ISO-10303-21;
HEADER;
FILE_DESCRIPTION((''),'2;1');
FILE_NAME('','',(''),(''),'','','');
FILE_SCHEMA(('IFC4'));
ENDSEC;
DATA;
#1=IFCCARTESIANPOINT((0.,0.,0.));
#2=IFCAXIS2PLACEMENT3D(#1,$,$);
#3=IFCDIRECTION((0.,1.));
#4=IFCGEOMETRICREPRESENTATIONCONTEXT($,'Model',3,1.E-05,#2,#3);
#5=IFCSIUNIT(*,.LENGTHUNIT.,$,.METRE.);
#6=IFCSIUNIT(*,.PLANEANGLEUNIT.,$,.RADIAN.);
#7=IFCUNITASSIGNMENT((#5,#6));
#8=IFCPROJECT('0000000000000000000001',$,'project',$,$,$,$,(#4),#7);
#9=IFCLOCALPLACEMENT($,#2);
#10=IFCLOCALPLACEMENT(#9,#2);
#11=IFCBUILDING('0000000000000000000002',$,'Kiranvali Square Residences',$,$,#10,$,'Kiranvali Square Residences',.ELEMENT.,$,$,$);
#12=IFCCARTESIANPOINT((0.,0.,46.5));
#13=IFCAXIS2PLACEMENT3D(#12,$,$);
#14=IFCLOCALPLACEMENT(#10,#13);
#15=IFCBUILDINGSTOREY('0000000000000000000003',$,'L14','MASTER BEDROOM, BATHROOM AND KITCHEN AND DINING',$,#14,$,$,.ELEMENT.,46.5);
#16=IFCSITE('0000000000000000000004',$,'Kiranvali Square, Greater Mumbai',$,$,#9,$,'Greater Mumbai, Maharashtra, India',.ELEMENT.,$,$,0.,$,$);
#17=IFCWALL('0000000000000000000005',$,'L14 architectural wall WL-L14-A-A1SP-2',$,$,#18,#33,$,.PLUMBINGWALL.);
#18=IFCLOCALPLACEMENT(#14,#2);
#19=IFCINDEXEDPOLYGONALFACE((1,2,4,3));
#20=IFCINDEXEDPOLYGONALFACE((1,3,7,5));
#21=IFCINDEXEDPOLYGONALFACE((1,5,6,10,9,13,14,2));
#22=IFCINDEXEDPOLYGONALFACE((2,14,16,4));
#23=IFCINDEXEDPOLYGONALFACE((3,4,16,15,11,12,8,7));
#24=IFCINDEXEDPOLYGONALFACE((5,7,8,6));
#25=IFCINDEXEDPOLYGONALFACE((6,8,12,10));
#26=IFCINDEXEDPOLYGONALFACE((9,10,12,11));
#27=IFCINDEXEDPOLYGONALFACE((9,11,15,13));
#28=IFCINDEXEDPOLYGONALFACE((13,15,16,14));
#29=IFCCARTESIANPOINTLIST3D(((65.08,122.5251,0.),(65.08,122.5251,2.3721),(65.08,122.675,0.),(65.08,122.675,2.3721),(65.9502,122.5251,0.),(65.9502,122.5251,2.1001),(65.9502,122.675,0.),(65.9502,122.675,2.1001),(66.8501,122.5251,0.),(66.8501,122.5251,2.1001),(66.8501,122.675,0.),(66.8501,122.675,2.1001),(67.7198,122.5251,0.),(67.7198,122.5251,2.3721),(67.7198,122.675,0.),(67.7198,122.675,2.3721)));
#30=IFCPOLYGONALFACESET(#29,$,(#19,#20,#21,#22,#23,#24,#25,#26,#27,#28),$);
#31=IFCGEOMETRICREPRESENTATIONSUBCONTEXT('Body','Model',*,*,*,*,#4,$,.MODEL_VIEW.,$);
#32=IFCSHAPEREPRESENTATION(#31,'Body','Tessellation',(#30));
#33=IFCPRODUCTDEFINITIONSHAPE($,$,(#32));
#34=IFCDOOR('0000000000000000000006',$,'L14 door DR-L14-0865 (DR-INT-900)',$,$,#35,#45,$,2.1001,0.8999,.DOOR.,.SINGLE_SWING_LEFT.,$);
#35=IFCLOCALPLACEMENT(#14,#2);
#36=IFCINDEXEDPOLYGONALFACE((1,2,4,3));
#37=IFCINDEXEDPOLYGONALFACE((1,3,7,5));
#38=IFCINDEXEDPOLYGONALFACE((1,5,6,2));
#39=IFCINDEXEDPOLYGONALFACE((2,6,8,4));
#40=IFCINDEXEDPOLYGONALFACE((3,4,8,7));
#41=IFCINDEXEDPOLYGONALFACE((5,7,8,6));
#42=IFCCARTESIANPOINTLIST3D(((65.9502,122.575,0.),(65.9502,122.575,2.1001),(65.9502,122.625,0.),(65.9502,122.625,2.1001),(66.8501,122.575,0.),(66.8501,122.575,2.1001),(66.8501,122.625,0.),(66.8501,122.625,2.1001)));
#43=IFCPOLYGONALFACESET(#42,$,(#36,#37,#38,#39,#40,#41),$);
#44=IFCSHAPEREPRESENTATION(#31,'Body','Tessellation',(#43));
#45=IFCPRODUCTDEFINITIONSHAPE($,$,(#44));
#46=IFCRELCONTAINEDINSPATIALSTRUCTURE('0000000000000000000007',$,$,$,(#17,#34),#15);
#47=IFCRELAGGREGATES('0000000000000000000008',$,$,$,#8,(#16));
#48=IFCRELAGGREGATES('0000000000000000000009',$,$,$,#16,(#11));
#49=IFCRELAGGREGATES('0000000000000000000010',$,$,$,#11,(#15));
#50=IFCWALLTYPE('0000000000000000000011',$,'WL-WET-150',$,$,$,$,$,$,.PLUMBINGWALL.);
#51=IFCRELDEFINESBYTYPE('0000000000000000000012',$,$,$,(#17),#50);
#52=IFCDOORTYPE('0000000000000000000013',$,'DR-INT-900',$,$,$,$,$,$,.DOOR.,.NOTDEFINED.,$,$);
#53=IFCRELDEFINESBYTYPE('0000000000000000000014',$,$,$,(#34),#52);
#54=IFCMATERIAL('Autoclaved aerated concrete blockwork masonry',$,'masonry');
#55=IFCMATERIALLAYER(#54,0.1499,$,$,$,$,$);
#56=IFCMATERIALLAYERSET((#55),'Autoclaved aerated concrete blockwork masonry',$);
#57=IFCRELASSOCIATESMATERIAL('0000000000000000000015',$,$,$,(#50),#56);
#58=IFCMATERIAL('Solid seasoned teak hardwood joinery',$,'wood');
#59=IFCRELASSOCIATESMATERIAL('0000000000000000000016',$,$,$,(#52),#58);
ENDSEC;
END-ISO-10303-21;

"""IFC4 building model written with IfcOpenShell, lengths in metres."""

from ifc_helpers import new_model, si_unit, direction, frame, frame_2d, origin, place, context, subcontext, project, spatial, rectangle, extrude, material, layer, layer_set, type_object, element, fill, save


model = new_model("IFC4")

# Units and contexts
model_context = context("Model", 3, precision=1e-05, world=origin(), true_north=direction((0.0, 1.0)))
body_context = subcontext(model_context, "Body", "Model", "MODEL_VIEW")
ifc_project = project(units=[si_unit("LENGTHUNIT", "METRE"), si_unit("PLANEANGLEUNIT", "RADIAN")], contexts=[model_context])

# Site, building, storey
site_placement = place(None, origin())
site = spatial("IfcSite", under=ifc_project, at=site_placement, Name="Kiranvali Square, Greater Mumbai", LongName="Greater Mumbai, Maharashtra, India", CompositionType="ELEMENT", RefElevation=0.0)
building_placement = place(site_placement, origin())
building = spatial("IfcBuilding", under=site, at=building_placement, Name="Kiranvali Square Residences", LongName="Kiranvali Square Residences", CompositionType="ELEMENT")
storey_placement = place(building_placement, frame((0.0, 0.0, 46.5)))
storey = spatial("IfcBuildingStorey", under=building, at=storey_placement, Name="L14", Description="MASTER BEDROOM, BATHROOM AND KITCHEN AND DINING", CompositionType="ELEMENT", Elevation=46.5)

# Shared definitions
ifc_material_1 = material(Name="Autoclaved aerated concrete blockwork masonry", Category="masonry")

# Wall, opening, door
ifc_material_2 = material(Name="Solid seasoned teak hardwood joinery", Category="wood")
ifc_layer_1 = layer(ifc_material_1, 0.1499)
ifc_layer_set_1 = layer_set([ifc_layer_1], Name="Autoclaved aerated concrete blockwork masonry")
wall_type_1 = type_object("IfcWallType", Name="WL-WET-150", PredefinedType="PLUMBINGWALL", material=ifc_layer_set_1)
wall_1_placement = place(storey_placement, frame((65.0801, 122.6001, 0.0), z_axis=(0.0, 0.0, 1.0), x_axis=(1.0, 0.0, 0.0)))
wall_1 = element("IfcWall", 1, at=wall_1_placement, inside=storey, type_object=wall_type_1, Name="L14 architectural wall WL-L14-A-A1SP-2", PredefinedType="PLUMBINGWALL", context=body_context, shape_type="SweptSolid", body=[
    extrude(rectangle(XDim=2.6399, YDim=0.1499, at=frame_2d((1.3198, 0.0))), origin(), (0.0, 0.0, 1.0), 2.3721),
])
opening_1_placement = place(wall_1_placement, frame((0.8701, 0.0, 0.0)))
opening_1 = element("IfcOpeningElement", 2, at=opening_1_placement, cuts=wall_1, PredefinedType="OPENING", context=body_context, shape_type="SweptSolid", body=[
    extrude(rectangle(XDim=0.8999, YDim=2.1001, at=frame_2d((0.45, 1.05))), frame((0.0, 0.085, 0.0), z_axis=(0.0, -1.0, 0.0), x_axis=(1.0, 0.0, 0.0)), (0.0, 0.0, 1.0), 0.1699),
])
door_type_1 = type_object("IfcDoorType", Name="DR-INT-900", OperationType="NOTDEFINED", PredefinedType="DOOR", material=ifc_material_2)
door_1_placement = place(opening_1_placement, origin())
door_1 = element("IfcDoor", 3, at=door_1_placement, inside=storey, type_object=door_type_1, Name="L14 door DR-L14-0865 (DR-INT-900)", OperationType="SINGLE_SWING_LEFT", OverallHeight=2.1001, OverallWidth=0.8999, PredefinedType="DOOR", context=body_context, shape_type="SweptSolid", body=[
    extrude(rectangle(XDim=0.8999, YDim=2.1001, at=frame_2d((0.45, 1.05))), frame((0.0, 0.0249, 0.0), z_axis=(0.0, -1.0, 0.0), x_axis=(1.0, 0.0, 0.0)), (0.0, 0.0, 1.0), 0.05),
])
fill(opening_1, door_1)

save(model, "model.ifc")
